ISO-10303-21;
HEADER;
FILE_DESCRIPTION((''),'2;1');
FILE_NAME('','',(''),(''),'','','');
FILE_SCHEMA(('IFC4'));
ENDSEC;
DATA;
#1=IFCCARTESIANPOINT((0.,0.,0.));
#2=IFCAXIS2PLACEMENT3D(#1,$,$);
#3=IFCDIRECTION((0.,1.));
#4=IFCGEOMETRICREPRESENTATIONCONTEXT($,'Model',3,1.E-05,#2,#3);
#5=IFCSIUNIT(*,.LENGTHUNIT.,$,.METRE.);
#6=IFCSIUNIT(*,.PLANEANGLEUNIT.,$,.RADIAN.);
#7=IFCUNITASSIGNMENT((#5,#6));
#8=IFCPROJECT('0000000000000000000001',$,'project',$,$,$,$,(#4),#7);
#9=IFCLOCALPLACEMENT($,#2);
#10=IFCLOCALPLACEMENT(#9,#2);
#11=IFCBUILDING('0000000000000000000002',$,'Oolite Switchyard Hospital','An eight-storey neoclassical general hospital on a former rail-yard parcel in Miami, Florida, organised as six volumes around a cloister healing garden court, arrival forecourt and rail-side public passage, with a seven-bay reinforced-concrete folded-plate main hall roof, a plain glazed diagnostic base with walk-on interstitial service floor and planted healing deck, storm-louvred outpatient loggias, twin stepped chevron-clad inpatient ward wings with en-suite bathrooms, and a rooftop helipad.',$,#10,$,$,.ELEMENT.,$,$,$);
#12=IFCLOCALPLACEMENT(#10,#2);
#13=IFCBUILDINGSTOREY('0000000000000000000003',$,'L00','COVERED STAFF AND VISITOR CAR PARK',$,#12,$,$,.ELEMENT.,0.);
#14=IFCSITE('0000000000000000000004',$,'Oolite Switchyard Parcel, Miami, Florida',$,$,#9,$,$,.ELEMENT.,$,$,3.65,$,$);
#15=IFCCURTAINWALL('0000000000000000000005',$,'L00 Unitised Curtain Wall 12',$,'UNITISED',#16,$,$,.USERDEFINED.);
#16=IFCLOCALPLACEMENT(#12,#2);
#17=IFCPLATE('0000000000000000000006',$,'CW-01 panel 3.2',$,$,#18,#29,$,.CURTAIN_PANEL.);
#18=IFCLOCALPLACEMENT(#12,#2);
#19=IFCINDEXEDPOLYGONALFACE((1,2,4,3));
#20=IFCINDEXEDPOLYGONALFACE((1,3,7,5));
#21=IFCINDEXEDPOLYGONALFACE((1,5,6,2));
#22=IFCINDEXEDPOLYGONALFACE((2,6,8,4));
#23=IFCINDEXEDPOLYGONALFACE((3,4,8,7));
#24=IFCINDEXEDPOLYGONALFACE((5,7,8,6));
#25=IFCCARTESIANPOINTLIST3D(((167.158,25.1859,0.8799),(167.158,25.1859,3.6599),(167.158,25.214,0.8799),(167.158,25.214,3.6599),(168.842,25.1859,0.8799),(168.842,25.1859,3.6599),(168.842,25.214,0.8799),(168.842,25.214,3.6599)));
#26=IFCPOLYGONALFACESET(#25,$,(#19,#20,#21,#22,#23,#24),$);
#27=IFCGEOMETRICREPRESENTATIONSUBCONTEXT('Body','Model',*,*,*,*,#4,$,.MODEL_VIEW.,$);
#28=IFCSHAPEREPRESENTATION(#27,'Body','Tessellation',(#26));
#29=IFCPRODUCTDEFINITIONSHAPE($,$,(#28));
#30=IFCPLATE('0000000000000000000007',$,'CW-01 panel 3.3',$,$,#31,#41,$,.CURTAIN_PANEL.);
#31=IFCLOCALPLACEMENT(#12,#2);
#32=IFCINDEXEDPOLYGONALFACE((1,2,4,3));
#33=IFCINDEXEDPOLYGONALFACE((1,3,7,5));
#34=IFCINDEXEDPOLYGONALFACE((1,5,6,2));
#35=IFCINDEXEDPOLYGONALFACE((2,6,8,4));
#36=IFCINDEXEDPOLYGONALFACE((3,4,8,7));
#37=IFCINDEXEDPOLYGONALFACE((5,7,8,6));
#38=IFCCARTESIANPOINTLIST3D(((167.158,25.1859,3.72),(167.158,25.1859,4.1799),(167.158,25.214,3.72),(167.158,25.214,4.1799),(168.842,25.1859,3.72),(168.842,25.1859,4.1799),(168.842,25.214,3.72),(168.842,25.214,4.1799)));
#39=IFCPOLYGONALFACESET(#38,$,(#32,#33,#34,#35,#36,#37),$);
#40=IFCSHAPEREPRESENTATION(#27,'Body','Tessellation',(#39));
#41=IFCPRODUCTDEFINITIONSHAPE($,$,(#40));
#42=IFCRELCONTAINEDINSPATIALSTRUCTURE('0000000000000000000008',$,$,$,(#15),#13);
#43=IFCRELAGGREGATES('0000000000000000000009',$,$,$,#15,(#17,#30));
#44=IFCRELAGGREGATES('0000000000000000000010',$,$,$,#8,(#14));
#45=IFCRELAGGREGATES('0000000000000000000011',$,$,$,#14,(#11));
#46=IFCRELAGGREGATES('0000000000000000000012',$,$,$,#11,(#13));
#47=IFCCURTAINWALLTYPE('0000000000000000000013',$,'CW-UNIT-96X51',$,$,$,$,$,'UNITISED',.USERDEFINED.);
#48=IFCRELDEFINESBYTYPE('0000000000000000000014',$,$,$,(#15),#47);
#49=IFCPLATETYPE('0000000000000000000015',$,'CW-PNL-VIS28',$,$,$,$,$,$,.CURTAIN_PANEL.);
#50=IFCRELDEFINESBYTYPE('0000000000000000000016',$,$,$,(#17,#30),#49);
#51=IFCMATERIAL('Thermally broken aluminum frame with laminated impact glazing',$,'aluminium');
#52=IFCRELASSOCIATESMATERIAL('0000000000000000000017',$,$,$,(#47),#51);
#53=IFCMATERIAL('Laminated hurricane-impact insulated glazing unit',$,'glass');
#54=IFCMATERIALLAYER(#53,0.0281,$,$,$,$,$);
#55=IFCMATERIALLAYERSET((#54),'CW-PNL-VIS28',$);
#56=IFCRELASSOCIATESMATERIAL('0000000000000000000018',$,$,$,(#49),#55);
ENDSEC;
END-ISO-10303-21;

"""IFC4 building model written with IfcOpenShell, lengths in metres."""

from ifc_helpers import new_model, si_unit, direction, frame, origin, origin_2d, place, context, subcontext, project, spatial, rectangle, extrude, material, layer, layer_set, type_object, element, aggregate, save


model = new_model("IFC4")

# Units and contexts
model_context = context("Model", 3, precision=1e-05, world=origin(), true_north=direction((0.0, 1.0)))
body_context = subcontext(model_context, "Body", "Model", "MODEL_VIEW")
ifc_project = project(units=[si_unit("LENGTHUNIT", "METRE"), si_unit("PLANEANGLEUNIT", "RADIAN")], contexts=[model_context])

# Site, building, storey
site_placement = place(None, origin())
site = spatial("IfcSite", under=ifc_project, at=site_placement, Name="Oolite Switchyard Parcel, Miami, Florida", CompositionType="ELEMENT", RefElevation=3.65)
building_placement = place(site_placement, origin())
building = spatial("IfcBuilding", under=site, at=building_placement, Name="Oolite Switchyard Hospital", Description="An eight-storey neoclassical general hospital on a former rail-yard parcel in Miami, Florida, organised as six volumes around a cloister healing garden court, arrival forecourt and rail-side public passage, with a seven-bay reinforced-concrete folded-plate main hall roof, a plain glazed diagnostic base with walk-on interstitial service floor and planted healing deck, storm-louvred outpatient loggias, twin stepped chevron-clad inpatient ward wings with en-suite bathrooms, and a rooftop helipad.", CompositionType="ELEMENT")
storey_placement = place(building_placement, origin())
storey = spatial("IfcBuildingStorey", under=building, at=storey_placement, Name="L00", Description="COVERED STAFF AND VISITOR CAR PARK", CompositionType="ELEMENT", Elevation=0.0)

# Curtain wall, plates
ifc_material_1 = material(Name="Thermally broken aluminum frame with laminated impact glazing", Category="aluminium")
curtain_wall_type = type_object("IfcCurtainWallType", Name="CW-UNIT-96X51", ElementType="UNITISED", PredefinedType="USERDEFINED", material=ifc_material_1)
curtain_wall_placement = place(storey_placement, origin())
curtain_wall = element("IfcCurtainWall", 1, at=curtain_wall_placement, inside=storey, type_object=curtain_wall_type, Name="L00 Unitised Curtain Wall 12", ObjectType="UNITISED", PredefinedType="USERDEFINED")
ifc_material_2 = material(Name="Laminated hurricane-impact insulated glazing unit", Category="glass")
ifc_layer = layer(ifc_material_2, 0.0281)
ifc_layer_set = layer_set([ifc_layer], Name="CW-PNL-VIS28")
plate_type = type_object("IfcPlateType", Name="CW-PNL-VIS28", PredefinedType="CURTAIN_PANEL", material=ifc_layer_set)
plate_1_placement = place(storey_placement, frame((168.0, 25.2, 0.8799), z_axis=(0.0, 0.0, 1.0), x_axis=(1.0, 0.0, 0.0)))
plate_1 = element("IfcPlate", 2, at=plate_1_placement, type_object=plate_type, Name="CW-01 panel 3.2", PredefinedType="CURTAIN_PANEL", context=body_context, shape_type="SweptSolid", body=[
    extrude(rectangle(XDim=1.6841, YDim=0.0281, at=origin_2d()), origin(), (0.0, 0.0, 1.0), 2.78),
])
plate_2_placement = place(storey_placement, frame((168.0, 25.2, 3.72), z_axis=(0.0, 0.0, 1.0), x_axis=(1.0, 0.0, 0.0)))
plate_2 = element("IfcPlate", 3, at=plate_2_placement, type_object=plate_type, Name="CW-01 panel 3.3", PredefinedType="CURTAIN_PANEL", context=body_context, shape_type="SweptSolid", body=[
    extrude(rectangle(XDim=1.6841, YDim=0.0281, at=origin_2d()), origin(), (0.0, 0.0, 1.0), 0.46),
])
aggregate(curtain_wall, [plate_1, plate_2])

save(model, "model.ifc")
